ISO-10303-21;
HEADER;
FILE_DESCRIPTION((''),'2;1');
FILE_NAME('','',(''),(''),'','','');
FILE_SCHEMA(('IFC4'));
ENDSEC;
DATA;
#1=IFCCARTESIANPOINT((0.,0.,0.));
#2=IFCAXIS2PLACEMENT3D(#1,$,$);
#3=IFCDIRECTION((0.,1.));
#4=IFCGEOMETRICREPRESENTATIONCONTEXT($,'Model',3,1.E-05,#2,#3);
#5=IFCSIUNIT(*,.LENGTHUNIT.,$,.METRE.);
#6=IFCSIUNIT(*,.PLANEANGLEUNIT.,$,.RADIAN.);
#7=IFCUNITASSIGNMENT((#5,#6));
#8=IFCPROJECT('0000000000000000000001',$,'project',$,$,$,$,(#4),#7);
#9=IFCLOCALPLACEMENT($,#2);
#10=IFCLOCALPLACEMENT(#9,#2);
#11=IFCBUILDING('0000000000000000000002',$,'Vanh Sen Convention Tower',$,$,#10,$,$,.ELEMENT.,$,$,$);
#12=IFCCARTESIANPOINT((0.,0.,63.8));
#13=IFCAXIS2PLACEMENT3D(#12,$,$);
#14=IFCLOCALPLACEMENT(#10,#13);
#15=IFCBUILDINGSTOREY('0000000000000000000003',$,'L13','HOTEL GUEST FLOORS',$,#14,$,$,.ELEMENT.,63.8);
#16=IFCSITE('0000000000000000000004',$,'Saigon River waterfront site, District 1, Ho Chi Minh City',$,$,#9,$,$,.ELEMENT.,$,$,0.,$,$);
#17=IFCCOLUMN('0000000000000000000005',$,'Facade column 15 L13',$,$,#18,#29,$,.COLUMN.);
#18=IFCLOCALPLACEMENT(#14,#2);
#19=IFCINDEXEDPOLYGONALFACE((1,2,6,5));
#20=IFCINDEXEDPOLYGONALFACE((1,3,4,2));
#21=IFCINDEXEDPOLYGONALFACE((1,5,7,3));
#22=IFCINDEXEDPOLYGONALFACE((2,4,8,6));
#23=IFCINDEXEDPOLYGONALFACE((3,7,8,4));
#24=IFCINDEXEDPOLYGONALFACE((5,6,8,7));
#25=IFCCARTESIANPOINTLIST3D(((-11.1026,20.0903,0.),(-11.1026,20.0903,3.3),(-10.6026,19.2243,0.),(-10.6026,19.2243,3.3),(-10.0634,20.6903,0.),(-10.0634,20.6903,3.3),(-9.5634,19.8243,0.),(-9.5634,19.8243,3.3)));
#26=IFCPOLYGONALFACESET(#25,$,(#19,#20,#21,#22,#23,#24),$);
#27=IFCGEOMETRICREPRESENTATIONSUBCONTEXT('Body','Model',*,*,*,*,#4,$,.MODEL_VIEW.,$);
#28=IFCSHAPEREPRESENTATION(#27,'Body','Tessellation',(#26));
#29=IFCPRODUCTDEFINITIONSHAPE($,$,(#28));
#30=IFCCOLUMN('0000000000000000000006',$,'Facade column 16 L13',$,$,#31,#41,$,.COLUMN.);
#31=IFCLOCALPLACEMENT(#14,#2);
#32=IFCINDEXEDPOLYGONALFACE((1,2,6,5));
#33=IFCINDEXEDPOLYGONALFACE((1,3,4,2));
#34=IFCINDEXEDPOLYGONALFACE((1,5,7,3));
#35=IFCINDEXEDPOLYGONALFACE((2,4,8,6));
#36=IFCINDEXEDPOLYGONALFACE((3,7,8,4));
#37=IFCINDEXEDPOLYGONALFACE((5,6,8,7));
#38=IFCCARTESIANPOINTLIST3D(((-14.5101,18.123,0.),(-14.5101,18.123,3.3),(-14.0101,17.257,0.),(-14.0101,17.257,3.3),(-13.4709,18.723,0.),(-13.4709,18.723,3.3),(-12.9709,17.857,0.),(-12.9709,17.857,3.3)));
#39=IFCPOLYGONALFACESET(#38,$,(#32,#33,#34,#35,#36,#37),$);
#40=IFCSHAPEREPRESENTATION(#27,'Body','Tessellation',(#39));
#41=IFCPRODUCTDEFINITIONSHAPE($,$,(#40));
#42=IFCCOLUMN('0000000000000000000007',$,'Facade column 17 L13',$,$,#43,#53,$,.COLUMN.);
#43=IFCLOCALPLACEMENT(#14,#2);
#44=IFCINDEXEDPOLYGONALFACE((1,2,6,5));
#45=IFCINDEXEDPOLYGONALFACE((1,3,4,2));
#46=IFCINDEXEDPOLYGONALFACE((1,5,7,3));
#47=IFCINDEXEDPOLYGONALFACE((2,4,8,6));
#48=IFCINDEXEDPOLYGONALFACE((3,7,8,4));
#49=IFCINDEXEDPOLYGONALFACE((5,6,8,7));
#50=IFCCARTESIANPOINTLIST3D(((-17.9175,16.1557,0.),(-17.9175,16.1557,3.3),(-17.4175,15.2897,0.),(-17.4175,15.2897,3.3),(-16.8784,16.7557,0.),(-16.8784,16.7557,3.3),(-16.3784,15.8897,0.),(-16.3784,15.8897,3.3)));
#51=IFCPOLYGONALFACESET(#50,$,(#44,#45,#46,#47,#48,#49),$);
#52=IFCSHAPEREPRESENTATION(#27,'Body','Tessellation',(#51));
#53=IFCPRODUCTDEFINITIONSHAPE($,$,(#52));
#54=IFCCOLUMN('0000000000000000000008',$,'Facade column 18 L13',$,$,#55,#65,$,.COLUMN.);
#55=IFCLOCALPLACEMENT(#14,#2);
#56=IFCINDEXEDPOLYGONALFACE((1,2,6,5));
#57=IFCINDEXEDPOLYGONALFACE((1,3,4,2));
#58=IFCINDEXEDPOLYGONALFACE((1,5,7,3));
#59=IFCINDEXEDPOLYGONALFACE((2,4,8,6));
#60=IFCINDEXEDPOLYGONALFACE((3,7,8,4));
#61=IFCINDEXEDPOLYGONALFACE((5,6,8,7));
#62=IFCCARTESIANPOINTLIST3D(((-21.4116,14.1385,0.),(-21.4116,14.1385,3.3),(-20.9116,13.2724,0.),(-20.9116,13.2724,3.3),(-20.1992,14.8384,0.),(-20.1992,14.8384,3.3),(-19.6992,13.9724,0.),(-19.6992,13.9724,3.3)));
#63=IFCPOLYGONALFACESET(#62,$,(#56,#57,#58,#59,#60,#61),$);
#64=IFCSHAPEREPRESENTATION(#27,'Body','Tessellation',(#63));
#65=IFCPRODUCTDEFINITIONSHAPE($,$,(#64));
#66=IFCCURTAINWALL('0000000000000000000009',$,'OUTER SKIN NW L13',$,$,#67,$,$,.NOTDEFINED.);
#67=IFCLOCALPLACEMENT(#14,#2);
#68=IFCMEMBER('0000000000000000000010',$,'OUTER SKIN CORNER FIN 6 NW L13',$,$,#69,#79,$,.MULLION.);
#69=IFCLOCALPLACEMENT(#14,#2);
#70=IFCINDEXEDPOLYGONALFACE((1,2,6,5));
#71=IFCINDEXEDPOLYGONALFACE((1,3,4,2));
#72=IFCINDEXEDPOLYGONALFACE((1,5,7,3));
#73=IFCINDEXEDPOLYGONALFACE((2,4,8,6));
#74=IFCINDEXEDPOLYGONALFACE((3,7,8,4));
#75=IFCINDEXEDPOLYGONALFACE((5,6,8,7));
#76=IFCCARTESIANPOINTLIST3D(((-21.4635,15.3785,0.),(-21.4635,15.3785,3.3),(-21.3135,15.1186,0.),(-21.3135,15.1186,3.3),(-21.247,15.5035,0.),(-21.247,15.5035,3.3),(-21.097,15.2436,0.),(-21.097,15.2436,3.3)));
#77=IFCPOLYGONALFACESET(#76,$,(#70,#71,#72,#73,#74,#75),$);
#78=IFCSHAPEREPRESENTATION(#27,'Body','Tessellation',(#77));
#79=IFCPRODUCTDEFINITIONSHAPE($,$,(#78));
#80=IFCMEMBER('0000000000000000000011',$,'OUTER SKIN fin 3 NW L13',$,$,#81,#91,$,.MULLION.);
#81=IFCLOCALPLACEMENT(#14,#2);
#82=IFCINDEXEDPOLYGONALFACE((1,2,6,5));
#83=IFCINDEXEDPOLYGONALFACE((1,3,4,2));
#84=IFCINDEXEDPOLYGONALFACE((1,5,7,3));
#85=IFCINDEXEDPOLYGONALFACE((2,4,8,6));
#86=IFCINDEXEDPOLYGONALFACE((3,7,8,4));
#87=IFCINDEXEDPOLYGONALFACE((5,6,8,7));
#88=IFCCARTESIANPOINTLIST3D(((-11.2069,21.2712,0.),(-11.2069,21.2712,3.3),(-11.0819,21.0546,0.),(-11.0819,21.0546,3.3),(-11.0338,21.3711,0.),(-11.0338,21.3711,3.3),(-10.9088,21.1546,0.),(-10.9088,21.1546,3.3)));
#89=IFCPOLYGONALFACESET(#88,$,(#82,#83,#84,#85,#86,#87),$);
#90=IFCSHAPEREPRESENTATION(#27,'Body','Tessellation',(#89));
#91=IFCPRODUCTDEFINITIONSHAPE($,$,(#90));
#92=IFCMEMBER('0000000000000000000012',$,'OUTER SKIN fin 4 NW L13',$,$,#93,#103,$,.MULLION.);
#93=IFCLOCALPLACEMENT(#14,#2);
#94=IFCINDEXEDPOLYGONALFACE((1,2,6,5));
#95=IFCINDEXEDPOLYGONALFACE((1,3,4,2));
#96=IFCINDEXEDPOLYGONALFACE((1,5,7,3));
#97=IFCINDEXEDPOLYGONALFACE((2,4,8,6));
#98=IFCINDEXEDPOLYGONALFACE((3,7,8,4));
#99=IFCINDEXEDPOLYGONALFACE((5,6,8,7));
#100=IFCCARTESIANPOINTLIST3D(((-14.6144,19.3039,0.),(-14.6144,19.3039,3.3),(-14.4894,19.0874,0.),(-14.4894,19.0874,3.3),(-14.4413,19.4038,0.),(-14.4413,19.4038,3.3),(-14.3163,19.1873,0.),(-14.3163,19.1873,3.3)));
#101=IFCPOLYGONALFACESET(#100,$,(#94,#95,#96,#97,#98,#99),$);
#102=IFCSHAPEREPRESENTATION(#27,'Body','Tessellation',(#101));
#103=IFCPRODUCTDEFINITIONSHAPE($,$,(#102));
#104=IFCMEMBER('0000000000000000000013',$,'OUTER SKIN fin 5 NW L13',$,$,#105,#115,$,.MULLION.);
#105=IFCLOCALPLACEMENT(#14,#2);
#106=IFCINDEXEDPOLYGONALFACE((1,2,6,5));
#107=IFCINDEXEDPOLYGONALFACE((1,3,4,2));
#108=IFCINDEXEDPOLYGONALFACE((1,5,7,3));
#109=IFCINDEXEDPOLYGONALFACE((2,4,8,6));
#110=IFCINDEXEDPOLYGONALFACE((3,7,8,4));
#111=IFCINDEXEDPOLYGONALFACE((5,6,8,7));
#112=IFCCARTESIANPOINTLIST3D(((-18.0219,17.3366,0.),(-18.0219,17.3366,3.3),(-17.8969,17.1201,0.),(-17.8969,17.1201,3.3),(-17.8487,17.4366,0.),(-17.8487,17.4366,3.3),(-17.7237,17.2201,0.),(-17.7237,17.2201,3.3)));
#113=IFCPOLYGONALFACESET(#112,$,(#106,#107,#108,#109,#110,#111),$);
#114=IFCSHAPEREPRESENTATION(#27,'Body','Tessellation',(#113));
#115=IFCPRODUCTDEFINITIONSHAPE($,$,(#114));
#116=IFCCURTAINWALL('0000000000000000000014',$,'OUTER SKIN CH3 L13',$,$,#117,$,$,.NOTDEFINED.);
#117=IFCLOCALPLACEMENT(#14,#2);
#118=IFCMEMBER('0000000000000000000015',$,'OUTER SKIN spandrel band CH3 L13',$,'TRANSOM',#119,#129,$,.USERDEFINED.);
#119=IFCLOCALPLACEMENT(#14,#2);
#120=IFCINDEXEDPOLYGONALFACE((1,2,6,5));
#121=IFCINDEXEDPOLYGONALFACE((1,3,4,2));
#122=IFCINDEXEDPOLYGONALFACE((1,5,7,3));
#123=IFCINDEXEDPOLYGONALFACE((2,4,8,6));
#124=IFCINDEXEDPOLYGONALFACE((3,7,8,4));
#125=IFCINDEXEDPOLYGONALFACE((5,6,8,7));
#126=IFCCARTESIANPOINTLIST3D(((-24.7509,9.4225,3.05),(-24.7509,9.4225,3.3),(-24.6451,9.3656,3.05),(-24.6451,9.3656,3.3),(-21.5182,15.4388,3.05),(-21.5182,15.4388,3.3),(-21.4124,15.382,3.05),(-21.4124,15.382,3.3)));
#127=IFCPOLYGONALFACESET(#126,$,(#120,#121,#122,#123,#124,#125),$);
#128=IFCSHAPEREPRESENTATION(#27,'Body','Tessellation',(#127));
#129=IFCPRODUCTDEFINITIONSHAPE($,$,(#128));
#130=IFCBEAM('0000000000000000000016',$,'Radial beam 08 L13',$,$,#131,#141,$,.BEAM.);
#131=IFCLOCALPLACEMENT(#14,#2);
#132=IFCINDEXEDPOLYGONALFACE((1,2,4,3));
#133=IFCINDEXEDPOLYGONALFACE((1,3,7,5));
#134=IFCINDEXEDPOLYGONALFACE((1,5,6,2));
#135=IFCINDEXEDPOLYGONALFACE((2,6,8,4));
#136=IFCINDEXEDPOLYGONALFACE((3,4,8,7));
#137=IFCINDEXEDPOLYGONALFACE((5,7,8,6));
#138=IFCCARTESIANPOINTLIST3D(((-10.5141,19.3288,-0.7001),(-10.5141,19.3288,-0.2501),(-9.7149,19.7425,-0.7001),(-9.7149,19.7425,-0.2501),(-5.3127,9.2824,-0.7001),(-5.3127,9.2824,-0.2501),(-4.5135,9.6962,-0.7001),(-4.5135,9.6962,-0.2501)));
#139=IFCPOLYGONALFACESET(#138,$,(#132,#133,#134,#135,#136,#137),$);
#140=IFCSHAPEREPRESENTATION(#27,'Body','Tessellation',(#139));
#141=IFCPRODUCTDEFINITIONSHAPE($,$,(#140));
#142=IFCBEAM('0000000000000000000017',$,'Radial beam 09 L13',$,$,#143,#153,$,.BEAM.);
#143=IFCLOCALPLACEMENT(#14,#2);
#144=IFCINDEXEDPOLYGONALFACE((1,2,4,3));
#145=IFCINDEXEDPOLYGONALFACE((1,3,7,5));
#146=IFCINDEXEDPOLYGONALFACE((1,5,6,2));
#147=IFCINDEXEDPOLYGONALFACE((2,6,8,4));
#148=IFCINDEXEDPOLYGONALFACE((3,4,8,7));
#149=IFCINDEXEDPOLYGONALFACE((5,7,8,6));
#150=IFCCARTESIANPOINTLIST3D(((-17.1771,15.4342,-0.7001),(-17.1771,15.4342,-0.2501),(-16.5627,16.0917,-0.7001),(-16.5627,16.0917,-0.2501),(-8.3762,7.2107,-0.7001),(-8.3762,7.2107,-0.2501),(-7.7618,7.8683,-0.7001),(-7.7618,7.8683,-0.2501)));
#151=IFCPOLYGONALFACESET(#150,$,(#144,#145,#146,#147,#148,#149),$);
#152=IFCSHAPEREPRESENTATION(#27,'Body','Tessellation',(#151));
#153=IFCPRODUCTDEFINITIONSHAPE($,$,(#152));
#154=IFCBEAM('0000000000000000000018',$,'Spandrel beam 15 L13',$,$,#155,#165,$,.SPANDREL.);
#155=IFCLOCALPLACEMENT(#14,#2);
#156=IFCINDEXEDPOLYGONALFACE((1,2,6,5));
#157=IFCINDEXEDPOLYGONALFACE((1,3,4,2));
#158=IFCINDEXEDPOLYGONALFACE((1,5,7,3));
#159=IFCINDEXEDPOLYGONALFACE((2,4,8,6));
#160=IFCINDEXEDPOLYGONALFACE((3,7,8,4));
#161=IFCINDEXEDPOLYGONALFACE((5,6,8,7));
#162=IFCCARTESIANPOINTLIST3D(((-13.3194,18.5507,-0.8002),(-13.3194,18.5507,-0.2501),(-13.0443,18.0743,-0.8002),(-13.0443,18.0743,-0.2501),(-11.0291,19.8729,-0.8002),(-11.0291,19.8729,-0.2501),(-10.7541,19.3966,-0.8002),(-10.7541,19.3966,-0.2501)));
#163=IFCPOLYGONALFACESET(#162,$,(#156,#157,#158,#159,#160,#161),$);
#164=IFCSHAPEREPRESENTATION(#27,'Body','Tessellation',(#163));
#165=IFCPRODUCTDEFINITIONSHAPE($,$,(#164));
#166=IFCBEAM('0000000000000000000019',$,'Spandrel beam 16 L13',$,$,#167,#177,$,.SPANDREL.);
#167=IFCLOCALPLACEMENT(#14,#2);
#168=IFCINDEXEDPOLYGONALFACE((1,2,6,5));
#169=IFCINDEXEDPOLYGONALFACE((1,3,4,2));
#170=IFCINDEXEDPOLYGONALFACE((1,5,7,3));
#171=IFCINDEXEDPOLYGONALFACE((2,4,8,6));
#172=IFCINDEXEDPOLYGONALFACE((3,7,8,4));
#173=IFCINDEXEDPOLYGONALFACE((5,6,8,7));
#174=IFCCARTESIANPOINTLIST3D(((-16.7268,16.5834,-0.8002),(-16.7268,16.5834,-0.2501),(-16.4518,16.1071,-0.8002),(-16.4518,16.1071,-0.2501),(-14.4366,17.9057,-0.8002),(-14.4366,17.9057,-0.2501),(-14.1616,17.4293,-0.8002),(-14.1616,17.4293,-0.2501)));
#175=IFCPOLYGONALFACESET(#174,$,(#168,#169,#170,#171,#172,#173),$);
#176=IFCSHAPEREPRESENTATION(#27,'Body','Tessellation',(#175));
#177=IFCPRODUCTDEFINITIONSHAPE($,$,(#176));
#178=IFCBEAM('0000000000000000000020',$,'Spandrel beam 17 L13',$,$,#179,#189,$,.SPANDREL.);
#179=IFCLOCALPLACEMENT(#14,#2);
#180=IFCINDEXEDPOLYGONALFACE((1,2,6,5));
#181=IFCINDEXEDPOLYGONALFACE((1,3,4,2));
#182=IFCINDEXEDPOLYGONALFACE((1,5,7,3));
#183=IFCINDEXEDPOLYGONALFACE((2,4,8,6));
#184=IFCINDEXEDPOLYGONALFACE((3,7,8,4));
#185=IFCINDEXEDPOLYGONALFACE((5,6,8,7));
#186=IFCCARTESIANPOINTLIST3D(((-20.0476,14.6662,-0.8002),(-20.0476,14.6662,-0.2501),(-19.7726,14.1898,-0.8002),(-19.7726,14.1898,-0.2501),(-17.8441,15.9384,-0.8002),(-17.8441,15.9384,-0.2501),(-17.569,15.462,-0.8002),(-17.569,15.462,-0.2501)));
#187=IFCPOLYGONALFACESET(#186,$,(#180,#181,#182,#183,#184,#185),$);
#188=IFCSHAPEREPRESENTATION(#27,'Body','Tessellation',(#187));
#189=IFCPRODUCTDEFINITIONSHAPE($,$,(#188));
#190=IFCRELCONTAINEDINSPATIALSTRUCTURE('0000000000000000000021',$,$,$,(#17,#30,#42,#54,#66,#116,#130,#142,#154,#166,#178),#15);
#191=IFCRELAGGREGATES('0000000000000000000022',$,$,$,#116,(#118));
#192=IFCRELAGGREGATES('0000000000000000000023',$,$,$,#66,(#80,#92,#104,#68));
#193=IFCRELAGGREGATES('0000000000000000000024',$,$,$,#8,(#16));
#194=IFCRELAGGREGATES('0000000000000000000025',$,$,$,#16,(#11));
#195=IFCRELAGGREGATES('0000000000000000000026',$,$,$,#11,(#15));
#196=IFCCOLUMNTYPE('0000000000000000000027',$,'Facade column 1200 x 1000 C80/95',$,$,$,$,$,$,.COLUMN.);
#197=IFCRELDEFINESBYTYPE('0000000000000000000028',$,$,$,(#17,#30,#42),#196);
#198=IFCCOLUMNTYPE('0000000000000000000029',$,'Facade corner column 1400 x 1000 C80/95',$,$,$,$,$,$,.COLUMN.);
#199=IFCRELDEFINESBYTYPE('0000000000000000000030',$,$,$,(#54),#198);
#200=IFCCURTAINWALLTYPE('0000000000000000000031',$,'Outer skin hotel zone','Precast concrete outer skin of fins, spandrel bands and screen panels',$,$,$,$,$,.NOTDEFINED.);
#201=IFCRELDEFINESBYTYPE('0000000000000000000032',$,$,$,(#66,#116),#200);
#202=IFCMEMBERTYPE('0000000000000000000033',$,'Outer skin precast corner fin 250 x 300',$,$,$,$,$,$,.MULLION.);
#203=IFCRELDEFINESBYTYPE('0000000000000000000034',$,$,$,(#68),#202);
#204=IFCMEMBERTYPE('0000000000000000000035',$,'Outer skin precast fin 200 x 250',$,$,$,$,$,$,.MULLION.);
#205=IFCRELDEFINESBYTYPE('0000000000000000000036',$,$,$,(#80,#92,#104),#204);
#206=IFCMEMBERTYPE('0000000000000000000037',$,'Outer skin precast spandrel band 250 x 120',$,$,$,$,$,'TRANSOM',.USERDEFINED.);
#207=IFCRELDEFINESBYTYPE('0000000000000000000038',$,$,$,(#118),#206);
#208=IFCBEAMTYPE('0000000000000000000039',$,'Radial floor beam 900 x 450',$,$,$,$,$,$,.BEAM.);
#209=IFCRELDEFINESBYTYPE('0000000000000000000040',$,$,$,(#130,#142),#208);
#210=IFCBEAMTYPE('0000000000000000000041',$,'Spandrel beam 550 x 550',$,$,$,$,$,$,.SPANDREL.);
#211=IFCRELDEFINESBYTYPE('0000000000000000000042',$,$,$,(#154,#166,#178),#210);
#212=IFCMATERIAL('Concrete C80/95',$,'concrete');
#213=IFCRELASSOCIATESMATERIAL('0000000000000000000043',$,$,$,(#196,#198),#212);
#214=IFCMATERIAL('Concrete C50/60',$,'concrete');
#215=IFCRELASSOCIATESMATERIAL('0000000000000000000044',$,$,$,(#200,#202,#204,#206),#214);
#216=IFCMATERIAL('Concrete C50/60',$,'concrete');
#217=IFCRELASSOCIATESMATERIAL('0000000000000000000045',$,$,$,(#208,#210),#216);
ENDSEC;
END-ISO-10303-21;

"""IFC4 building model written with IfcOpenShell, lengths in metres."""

from ifc_helpers import new_model, si_unit, direction, frame, origin, origin_2d, place, context, subcontext, project, spatial, rectangle, extrude, material, material_profile, profile_set, type_object, element, aggregate, save


model = new_model("IFC4")

# Units and contexts
model_context = context("Model", 3, precision=1e-05, world=origin(), true_north=direction((0.0, 1.0)))
body_context = subcontext(model_context, "Body", "Model", "MODEL_VIEW")
ifc_project = project(units=[si_unit("LENGTHUNIT", "METRE"), si_unit("PLANEANGLEUNIT", "RADIAN")], contexts=[model_context])

# Site, building, storey
site_placement = place(None, origin())
site = spatial("IfcSite", under=ifc_project, at=site_placement, Name="Saigon River waterfront site, District 1, Ho Chi Minh City", CompositionType="ELEMENT", RefElevation=0.0)
building_placement = place(site_placement, origin())
building = spatial("IfcBuilding", under=site, at=building_placement, Name="Vanh Sen Convention Tower", CompositionType="ELEMENT")
storey_placement = place(building_placement, frame((0.0, 0.0, 63.8)))
storey = spatial("IfcBuildingStorey", under=building, at=storey_placement, Name="L13", Description="HOTEL GUEST FLOORS", CompositionType="ELEMENT", Elevation=63.8)

# Columns
ifc_material_1 = material(Name="Concrete C80/95", Category="concrete")
ifc_material_profile_1 = material_profile(ifc_material_1, rectangle(XDim=1.2, YDim=1.0, at=origin_2d()), Name="RC 1200X1000")
ifc_profile_set_1 = profile_set([ifc_material_profile_1], Name="Concrete C80/95")
column_type_1 = type_object("IfcColumnType", Name="Facade column 1200 x 1000 C80/95", PredefinedType="COLUMN", material=ifc_profile_set_1)
for number, where, z_axis, x_axis, name in (
    (1, (-10.333, 19.9573, 0.0), (0.0, 0.0, 1.0), (-0.866025, -0.5, 0.0), "Facade column 15 L13"),
    (2, (-13.7405, 17.99, 0.0), (0.0, 0.0, 1.0), (-0.866025, -0.5, 0.0), "Facade column 16 L13"),
    (3, (-17.1479, 16.0227, 0.0), (0.0, 0.0, 1.0), (-0.866025, -0.5, 0.0), "Facade column 17 L13"),
):
    element("IfcColumn", number, at=place(storey_placement, frame(where, z_axis=z_axis, x_axis=x_axis)), inside=storey, type_object=column_type_1, Name=name, PredefinedType="COLUMN", context=body_context, shape_type="SweptSolid", body=[
        extrude(rectangle(XDim=1.2, YDim=1.0, at=origin_2d()), origin(), (0.0, 0.0, 1.0), 3.3),
    ])
ifc_material_profile_2 = material_profile(ifc_material_1, rectangle(XDim=1.3999, YDim=1.0, at=origin_2d()), Name="RC 1400X1000")
ifc_profile_set_2 = profile_set([ifc_material_profile_2], Name="Concrete C80/95")
column_type_2 = type_object("IfcColumnType", Name="Facade corner column 1400 x 1000 C80/95", PredefinedType="COLUMN", material=ifc_profile_set_2)
column_placement = place(storey_placement, frame((-20.5554, 14.0554, 0.0), z_axis=(0.0, 0.0, 1.0), x_axis=(-0.866025, -0.5, 0.0)))
element("IfcColumn", 4, at=column_placement, inside=storey, type_object=column_type_2, Name="Facade column 18 L13", PredefinedType="COLUMN", context=body_context, shape_type="SweptSolid", body=[
    extrude(rectangle(XDim=1.3999, YDim=1.0, at=origin_2d()), origin(), (0.0, 0.0, 1.0), 3.3),
])

# Curtain wall, members
ifc_material_2 = material(Name="Concrete C50/60", Category="concrete")
curtain_wall_type = type_object("IfcCurtainWallType", Name="Outer skin hotel zone", Description="Precast concrete outer skin of fins, spandrel bands and screen panels", PredefinedType="NOTDEFINED", material=ifc_material_2)
curtain_wall_1_placement = place(storey_placement, origin())
curtain_wall_1 = element("IfcCurtainWall", 5, at=curtain_wall_1_placement, inside=storey, type_object=curtain_wall_type, Name="OUTER SKIN NW L13", PredefinedType="NOTDEFINED")
ifc_material_profile_3 = material_profile(ifc_material_2, rectangle(XDim=0.25, YDim=0.3, at=origin_2d()), Name="Outer skin precast corner fin 250 x 300")
ifc_profile_set_3 = profile_set([ifc_material_profile_3], Name="Concrete C50/60")
member_type_1 = type_object("IfcMemberType", Name="Outer skin precast corner fin 250 x 300", PredefinedType="MULLION", material=ifc_profile_set_3)
member_1_placement = place(storey_placement, frame((-21.2803, 15.311, 0.0), z_axis=(0.0, 0.0, 1.0), x_axis=(-0.866025, -0.5, 0.0)))
member_1 = element("IfcMember", 6, at=member_1_placement, type_object=member_type_1, Name="OUTER SKIN CORNER FIN 6 NW L13", PredefinedType="MULLION", context=body_context, shape_type="SweptSolid", body=[
    extrude(rectangle(XDim=0.25, YDim=0.3, at=origin_2d()), origin(), (0.0, 0.0, 1.0), 3.3),
])
ifc_material_profile_4 = material_profile(ifc_material_2, rectangle(XDim=0.2, YDim=0.25, at=origin_2d()), Name="Outer skin precast fin 200 x 250")
ifc_profile_set_4 = profile_set([ifc_material_profile_4], Name="Concrete C50/60")
member_type_2 = type_object("IfcMemberType", Name="Outer skin precast fin 200 x 250", PredefinedType="MULLION", material=ifc_profile_set_4)
member_2_placement = place(storey_placement, frame((-11.0579, 21.2129, 0.0), z_axis=(0.0, 0.0, 1.0), x_axis=(-0.866025, -0.5, 0.0)))
member_2 = element("IfcMember", 7, at=member_2_placement, type_object=member_type_2, Name="OUTER SKIN fin 3 NW L13", PredefinedType="MULLION", context=body_context, shape_type="SweptSolid", body=[
    extrude(rectangle(XDim=0.2, YDim=0.25, at=origin_2d()), origin(), (0.0, 0.0, 1.0), 3.3),
])
member_3_placement = place(storey_placement, frame((-14.4653, 19.2456, 0.0), z_axis=(0.0, 0.0, 1.0), x_axis=(-0.866025, -0.5, 0.0)))
member_3 = element("IfcMember", 8, at=member_3_placement, type_object=member_type_2, Name="OUTER SKIN fin 4 NW L13", PredefinedType="MULLION", context=body_context, shape_type="SweptSolid", body=[
    extrude(rectangle(XDim=0.2, YDim=0.25, at=origin_2d()), origin(), (0.0, 0.0, 1.0), 3.3),
])
member_4_placement = place(storey_placement, frame((-17.8728, 17.2783, 0.0), z_axis=(0.0, 0.0, 1.0), x_axis=(-0.866025, -0.5, 0.0)))
member_4 = element("IfcMember", 9, at=member_4_placement, type_object=member_type_2, Name="OUTER SKIN fin 5 NW L13", PredefinedType="MULLION", context=body_context, shape_type="SweptSolid", body=[
    extrude(rectangle(XDim=0.2, YDim=0.25, at=origin_2d()), origin(), (0.0, 0.0, 1.0), 3.3),
])

# Curtain wall, member
curtain_wall_2_placement = place(storey_placement, origin())
curtain_wall_2 = element("IfcCurtainWall", 10, at=curtain_wall_2_placement, inside=storey, type_object=curtain_wall_type, Name="OUTER SKIN CH3 L13", PredefinedType="NOTDEFINED")
ifc_material_profile_5 = material_profile(ifc_material_2, rectangle(XDim=0.1201, YDim=0.25, at=origin_2d()), Name="Outer skin precast spandrel band 250 x 120")
ifc_profile_set_5 = profile_set([ifc_material_profile_5], Name="Concrete C50/60")
member_type_3 = type_object("IfcMemberType", Name="Outer skin precast spandrel band 250 x 120", ElementType="TRANSOM", PredefinedType="USERDEFINED", material=ifc_profile_set_5)
member_5_placement = place(storey_placement, frame((-21.4653, 15.4104, 3.175), z_axis=(-0.473315, -0.880893, 0.0), x_axis=(0.880893, -0.473315, 0.0)))
member_5 = element("IfcMember", 11, at=member_5_placement, type_object=member_type_3, Name="OUTER SKIN spandrel band CH3 L13", ObjectType="TRANSOM", PredefinedType="USERDEFINED", context=body_context, shape_type="SweptSolid", body=[
    extrude(rectangle(XDim=0.1201, YDim=0.25, at=origin_2d()), origin(), (0.0, 0.0, 1.0), 6.8298),
])
aggregate(curtain_wall_2, [member_5])

# Beams
ifc_material_3 = material(Name="Concrete C50/60", Category="concrete")
ifc_material_profile_6 = material_profile(ifc_material_3, rectangle(XDim=0.8999, YDim=0.45, at=origin_2d()), Name="RC 900X450")
ifc_profile_set_6 = profile_set([ifc_material_profile_6], Name="Concrete C50/60")
beam_type_1 = type_object("IfcBeamType", Name="Radial floor beam 900 x 450", PredefinedType="BEAM", material=ifc_profile_set_6)
beam_1_placement = place(storey_placement, frame((-10.1145, 19.5356, -0.4751), z_axis=(0.459772, -0.888037, 0.0), x_axis=(0.888037, 0.459772, 0.0)))
element("IfcBeam", 12, at=beam_1_placement, inside=storey, type_object=beam_type_1, Name="Radial beam 08 L13", PredefinedType="BEAM", context=body_context, shape_type="SweptSolid", body=[
    extrude(rectangle(XDim=0.8999, YDim=0.45, at=origin_2d()), origin(), (0.0, 0.0, 1.0), 11.313),
])
beam_2_placement = place(storey_placement, frame((-16.8699, 15.7629, -0.4751), z_axis=(0.730669, -0.682732, 0.0), x_axis=(0.682732, 0.730669, 0.0)))
element("IfcBeam", 13, at=beam_2_placement, inside=storey, type_object=beam_type_1, Name="Radial beam 09 L13", PredefinedType="BEAM", context=body_context, shape_type="SweptSolid", body=[
    extrude(rectangle(XDim=0.8999, YDim=0.45, at=origin_2d()), origin(), (0.0, 0.0, 1.0), 12.0449),
])
ifc_material_profile_7 = material_profile(ifc_material_3, rectangle(XDim=0.55, YDim=0.55, at=origin_2d()), Name="RC 550X550")
ifc_profile_set_7 = profile_set([ifc_material_profile_7], Name="Concrete C50/60")
beam_type_2 = type_object("IfcBeamType", Name="Spandrel beam 550 x 550", PredefinedType="SPANDREL", material=ifc_profile_set_7)
for number, where, z_axis, x_axis, name in (
    (14, (-10.8916, 19.6348, -0.5251), (-0.86603, -0.499991, 0.0), (0.499991, -0.86603, 0.0), "Spandrel beam 15 L13"),
    (15, (-14.2991, 17.6675, -0.5251), (-0.86603, -0.499991, 0.0), (0.499991, -0.86603, 0.0), "Spandrel beam 16 L13"),
):
    element("IfcBeam", number, at=place(storey_placement, frame(where, z_axis=z_axis, x_axis=x_axis)), inside=storey, type_object=beam_type_2, Name=name, PredefinedType="SPANDREL", context=body_context, shape_type="SweptSolid", body=[
        extrude(rectangle(XDim=0.55, YDim=0.55, at=origin_2d()), origin(), (0.0, 0.0, 1.0), 2.6445),
    ])
beam_3_placement = place(storey_placement, frame((-17.7065, 15.7002, -0.5251), z_axis=(-0.866032, -0.499988, 0.0), x_axis=(0.499988, -0.866032, 0.0)))
element("IfcBeam", 16, at=beam_3_placement, inside=storey, type_object=beam_type_2, Name="Spandrel beam 17 L13", PredefinedType="SPANDREL", context=body_context, shape_type="SweptSolid", body=[
    extrude(rectangle(XDim=0.55, YDim=0.55, at=origin_2d()), origin(), (0.0, 0.0, 1.0), 2.5444),
])

aggregate(curtain_wall_1, [member_2, member_3, member_4, member_1])

save(model, "model.ifc")
